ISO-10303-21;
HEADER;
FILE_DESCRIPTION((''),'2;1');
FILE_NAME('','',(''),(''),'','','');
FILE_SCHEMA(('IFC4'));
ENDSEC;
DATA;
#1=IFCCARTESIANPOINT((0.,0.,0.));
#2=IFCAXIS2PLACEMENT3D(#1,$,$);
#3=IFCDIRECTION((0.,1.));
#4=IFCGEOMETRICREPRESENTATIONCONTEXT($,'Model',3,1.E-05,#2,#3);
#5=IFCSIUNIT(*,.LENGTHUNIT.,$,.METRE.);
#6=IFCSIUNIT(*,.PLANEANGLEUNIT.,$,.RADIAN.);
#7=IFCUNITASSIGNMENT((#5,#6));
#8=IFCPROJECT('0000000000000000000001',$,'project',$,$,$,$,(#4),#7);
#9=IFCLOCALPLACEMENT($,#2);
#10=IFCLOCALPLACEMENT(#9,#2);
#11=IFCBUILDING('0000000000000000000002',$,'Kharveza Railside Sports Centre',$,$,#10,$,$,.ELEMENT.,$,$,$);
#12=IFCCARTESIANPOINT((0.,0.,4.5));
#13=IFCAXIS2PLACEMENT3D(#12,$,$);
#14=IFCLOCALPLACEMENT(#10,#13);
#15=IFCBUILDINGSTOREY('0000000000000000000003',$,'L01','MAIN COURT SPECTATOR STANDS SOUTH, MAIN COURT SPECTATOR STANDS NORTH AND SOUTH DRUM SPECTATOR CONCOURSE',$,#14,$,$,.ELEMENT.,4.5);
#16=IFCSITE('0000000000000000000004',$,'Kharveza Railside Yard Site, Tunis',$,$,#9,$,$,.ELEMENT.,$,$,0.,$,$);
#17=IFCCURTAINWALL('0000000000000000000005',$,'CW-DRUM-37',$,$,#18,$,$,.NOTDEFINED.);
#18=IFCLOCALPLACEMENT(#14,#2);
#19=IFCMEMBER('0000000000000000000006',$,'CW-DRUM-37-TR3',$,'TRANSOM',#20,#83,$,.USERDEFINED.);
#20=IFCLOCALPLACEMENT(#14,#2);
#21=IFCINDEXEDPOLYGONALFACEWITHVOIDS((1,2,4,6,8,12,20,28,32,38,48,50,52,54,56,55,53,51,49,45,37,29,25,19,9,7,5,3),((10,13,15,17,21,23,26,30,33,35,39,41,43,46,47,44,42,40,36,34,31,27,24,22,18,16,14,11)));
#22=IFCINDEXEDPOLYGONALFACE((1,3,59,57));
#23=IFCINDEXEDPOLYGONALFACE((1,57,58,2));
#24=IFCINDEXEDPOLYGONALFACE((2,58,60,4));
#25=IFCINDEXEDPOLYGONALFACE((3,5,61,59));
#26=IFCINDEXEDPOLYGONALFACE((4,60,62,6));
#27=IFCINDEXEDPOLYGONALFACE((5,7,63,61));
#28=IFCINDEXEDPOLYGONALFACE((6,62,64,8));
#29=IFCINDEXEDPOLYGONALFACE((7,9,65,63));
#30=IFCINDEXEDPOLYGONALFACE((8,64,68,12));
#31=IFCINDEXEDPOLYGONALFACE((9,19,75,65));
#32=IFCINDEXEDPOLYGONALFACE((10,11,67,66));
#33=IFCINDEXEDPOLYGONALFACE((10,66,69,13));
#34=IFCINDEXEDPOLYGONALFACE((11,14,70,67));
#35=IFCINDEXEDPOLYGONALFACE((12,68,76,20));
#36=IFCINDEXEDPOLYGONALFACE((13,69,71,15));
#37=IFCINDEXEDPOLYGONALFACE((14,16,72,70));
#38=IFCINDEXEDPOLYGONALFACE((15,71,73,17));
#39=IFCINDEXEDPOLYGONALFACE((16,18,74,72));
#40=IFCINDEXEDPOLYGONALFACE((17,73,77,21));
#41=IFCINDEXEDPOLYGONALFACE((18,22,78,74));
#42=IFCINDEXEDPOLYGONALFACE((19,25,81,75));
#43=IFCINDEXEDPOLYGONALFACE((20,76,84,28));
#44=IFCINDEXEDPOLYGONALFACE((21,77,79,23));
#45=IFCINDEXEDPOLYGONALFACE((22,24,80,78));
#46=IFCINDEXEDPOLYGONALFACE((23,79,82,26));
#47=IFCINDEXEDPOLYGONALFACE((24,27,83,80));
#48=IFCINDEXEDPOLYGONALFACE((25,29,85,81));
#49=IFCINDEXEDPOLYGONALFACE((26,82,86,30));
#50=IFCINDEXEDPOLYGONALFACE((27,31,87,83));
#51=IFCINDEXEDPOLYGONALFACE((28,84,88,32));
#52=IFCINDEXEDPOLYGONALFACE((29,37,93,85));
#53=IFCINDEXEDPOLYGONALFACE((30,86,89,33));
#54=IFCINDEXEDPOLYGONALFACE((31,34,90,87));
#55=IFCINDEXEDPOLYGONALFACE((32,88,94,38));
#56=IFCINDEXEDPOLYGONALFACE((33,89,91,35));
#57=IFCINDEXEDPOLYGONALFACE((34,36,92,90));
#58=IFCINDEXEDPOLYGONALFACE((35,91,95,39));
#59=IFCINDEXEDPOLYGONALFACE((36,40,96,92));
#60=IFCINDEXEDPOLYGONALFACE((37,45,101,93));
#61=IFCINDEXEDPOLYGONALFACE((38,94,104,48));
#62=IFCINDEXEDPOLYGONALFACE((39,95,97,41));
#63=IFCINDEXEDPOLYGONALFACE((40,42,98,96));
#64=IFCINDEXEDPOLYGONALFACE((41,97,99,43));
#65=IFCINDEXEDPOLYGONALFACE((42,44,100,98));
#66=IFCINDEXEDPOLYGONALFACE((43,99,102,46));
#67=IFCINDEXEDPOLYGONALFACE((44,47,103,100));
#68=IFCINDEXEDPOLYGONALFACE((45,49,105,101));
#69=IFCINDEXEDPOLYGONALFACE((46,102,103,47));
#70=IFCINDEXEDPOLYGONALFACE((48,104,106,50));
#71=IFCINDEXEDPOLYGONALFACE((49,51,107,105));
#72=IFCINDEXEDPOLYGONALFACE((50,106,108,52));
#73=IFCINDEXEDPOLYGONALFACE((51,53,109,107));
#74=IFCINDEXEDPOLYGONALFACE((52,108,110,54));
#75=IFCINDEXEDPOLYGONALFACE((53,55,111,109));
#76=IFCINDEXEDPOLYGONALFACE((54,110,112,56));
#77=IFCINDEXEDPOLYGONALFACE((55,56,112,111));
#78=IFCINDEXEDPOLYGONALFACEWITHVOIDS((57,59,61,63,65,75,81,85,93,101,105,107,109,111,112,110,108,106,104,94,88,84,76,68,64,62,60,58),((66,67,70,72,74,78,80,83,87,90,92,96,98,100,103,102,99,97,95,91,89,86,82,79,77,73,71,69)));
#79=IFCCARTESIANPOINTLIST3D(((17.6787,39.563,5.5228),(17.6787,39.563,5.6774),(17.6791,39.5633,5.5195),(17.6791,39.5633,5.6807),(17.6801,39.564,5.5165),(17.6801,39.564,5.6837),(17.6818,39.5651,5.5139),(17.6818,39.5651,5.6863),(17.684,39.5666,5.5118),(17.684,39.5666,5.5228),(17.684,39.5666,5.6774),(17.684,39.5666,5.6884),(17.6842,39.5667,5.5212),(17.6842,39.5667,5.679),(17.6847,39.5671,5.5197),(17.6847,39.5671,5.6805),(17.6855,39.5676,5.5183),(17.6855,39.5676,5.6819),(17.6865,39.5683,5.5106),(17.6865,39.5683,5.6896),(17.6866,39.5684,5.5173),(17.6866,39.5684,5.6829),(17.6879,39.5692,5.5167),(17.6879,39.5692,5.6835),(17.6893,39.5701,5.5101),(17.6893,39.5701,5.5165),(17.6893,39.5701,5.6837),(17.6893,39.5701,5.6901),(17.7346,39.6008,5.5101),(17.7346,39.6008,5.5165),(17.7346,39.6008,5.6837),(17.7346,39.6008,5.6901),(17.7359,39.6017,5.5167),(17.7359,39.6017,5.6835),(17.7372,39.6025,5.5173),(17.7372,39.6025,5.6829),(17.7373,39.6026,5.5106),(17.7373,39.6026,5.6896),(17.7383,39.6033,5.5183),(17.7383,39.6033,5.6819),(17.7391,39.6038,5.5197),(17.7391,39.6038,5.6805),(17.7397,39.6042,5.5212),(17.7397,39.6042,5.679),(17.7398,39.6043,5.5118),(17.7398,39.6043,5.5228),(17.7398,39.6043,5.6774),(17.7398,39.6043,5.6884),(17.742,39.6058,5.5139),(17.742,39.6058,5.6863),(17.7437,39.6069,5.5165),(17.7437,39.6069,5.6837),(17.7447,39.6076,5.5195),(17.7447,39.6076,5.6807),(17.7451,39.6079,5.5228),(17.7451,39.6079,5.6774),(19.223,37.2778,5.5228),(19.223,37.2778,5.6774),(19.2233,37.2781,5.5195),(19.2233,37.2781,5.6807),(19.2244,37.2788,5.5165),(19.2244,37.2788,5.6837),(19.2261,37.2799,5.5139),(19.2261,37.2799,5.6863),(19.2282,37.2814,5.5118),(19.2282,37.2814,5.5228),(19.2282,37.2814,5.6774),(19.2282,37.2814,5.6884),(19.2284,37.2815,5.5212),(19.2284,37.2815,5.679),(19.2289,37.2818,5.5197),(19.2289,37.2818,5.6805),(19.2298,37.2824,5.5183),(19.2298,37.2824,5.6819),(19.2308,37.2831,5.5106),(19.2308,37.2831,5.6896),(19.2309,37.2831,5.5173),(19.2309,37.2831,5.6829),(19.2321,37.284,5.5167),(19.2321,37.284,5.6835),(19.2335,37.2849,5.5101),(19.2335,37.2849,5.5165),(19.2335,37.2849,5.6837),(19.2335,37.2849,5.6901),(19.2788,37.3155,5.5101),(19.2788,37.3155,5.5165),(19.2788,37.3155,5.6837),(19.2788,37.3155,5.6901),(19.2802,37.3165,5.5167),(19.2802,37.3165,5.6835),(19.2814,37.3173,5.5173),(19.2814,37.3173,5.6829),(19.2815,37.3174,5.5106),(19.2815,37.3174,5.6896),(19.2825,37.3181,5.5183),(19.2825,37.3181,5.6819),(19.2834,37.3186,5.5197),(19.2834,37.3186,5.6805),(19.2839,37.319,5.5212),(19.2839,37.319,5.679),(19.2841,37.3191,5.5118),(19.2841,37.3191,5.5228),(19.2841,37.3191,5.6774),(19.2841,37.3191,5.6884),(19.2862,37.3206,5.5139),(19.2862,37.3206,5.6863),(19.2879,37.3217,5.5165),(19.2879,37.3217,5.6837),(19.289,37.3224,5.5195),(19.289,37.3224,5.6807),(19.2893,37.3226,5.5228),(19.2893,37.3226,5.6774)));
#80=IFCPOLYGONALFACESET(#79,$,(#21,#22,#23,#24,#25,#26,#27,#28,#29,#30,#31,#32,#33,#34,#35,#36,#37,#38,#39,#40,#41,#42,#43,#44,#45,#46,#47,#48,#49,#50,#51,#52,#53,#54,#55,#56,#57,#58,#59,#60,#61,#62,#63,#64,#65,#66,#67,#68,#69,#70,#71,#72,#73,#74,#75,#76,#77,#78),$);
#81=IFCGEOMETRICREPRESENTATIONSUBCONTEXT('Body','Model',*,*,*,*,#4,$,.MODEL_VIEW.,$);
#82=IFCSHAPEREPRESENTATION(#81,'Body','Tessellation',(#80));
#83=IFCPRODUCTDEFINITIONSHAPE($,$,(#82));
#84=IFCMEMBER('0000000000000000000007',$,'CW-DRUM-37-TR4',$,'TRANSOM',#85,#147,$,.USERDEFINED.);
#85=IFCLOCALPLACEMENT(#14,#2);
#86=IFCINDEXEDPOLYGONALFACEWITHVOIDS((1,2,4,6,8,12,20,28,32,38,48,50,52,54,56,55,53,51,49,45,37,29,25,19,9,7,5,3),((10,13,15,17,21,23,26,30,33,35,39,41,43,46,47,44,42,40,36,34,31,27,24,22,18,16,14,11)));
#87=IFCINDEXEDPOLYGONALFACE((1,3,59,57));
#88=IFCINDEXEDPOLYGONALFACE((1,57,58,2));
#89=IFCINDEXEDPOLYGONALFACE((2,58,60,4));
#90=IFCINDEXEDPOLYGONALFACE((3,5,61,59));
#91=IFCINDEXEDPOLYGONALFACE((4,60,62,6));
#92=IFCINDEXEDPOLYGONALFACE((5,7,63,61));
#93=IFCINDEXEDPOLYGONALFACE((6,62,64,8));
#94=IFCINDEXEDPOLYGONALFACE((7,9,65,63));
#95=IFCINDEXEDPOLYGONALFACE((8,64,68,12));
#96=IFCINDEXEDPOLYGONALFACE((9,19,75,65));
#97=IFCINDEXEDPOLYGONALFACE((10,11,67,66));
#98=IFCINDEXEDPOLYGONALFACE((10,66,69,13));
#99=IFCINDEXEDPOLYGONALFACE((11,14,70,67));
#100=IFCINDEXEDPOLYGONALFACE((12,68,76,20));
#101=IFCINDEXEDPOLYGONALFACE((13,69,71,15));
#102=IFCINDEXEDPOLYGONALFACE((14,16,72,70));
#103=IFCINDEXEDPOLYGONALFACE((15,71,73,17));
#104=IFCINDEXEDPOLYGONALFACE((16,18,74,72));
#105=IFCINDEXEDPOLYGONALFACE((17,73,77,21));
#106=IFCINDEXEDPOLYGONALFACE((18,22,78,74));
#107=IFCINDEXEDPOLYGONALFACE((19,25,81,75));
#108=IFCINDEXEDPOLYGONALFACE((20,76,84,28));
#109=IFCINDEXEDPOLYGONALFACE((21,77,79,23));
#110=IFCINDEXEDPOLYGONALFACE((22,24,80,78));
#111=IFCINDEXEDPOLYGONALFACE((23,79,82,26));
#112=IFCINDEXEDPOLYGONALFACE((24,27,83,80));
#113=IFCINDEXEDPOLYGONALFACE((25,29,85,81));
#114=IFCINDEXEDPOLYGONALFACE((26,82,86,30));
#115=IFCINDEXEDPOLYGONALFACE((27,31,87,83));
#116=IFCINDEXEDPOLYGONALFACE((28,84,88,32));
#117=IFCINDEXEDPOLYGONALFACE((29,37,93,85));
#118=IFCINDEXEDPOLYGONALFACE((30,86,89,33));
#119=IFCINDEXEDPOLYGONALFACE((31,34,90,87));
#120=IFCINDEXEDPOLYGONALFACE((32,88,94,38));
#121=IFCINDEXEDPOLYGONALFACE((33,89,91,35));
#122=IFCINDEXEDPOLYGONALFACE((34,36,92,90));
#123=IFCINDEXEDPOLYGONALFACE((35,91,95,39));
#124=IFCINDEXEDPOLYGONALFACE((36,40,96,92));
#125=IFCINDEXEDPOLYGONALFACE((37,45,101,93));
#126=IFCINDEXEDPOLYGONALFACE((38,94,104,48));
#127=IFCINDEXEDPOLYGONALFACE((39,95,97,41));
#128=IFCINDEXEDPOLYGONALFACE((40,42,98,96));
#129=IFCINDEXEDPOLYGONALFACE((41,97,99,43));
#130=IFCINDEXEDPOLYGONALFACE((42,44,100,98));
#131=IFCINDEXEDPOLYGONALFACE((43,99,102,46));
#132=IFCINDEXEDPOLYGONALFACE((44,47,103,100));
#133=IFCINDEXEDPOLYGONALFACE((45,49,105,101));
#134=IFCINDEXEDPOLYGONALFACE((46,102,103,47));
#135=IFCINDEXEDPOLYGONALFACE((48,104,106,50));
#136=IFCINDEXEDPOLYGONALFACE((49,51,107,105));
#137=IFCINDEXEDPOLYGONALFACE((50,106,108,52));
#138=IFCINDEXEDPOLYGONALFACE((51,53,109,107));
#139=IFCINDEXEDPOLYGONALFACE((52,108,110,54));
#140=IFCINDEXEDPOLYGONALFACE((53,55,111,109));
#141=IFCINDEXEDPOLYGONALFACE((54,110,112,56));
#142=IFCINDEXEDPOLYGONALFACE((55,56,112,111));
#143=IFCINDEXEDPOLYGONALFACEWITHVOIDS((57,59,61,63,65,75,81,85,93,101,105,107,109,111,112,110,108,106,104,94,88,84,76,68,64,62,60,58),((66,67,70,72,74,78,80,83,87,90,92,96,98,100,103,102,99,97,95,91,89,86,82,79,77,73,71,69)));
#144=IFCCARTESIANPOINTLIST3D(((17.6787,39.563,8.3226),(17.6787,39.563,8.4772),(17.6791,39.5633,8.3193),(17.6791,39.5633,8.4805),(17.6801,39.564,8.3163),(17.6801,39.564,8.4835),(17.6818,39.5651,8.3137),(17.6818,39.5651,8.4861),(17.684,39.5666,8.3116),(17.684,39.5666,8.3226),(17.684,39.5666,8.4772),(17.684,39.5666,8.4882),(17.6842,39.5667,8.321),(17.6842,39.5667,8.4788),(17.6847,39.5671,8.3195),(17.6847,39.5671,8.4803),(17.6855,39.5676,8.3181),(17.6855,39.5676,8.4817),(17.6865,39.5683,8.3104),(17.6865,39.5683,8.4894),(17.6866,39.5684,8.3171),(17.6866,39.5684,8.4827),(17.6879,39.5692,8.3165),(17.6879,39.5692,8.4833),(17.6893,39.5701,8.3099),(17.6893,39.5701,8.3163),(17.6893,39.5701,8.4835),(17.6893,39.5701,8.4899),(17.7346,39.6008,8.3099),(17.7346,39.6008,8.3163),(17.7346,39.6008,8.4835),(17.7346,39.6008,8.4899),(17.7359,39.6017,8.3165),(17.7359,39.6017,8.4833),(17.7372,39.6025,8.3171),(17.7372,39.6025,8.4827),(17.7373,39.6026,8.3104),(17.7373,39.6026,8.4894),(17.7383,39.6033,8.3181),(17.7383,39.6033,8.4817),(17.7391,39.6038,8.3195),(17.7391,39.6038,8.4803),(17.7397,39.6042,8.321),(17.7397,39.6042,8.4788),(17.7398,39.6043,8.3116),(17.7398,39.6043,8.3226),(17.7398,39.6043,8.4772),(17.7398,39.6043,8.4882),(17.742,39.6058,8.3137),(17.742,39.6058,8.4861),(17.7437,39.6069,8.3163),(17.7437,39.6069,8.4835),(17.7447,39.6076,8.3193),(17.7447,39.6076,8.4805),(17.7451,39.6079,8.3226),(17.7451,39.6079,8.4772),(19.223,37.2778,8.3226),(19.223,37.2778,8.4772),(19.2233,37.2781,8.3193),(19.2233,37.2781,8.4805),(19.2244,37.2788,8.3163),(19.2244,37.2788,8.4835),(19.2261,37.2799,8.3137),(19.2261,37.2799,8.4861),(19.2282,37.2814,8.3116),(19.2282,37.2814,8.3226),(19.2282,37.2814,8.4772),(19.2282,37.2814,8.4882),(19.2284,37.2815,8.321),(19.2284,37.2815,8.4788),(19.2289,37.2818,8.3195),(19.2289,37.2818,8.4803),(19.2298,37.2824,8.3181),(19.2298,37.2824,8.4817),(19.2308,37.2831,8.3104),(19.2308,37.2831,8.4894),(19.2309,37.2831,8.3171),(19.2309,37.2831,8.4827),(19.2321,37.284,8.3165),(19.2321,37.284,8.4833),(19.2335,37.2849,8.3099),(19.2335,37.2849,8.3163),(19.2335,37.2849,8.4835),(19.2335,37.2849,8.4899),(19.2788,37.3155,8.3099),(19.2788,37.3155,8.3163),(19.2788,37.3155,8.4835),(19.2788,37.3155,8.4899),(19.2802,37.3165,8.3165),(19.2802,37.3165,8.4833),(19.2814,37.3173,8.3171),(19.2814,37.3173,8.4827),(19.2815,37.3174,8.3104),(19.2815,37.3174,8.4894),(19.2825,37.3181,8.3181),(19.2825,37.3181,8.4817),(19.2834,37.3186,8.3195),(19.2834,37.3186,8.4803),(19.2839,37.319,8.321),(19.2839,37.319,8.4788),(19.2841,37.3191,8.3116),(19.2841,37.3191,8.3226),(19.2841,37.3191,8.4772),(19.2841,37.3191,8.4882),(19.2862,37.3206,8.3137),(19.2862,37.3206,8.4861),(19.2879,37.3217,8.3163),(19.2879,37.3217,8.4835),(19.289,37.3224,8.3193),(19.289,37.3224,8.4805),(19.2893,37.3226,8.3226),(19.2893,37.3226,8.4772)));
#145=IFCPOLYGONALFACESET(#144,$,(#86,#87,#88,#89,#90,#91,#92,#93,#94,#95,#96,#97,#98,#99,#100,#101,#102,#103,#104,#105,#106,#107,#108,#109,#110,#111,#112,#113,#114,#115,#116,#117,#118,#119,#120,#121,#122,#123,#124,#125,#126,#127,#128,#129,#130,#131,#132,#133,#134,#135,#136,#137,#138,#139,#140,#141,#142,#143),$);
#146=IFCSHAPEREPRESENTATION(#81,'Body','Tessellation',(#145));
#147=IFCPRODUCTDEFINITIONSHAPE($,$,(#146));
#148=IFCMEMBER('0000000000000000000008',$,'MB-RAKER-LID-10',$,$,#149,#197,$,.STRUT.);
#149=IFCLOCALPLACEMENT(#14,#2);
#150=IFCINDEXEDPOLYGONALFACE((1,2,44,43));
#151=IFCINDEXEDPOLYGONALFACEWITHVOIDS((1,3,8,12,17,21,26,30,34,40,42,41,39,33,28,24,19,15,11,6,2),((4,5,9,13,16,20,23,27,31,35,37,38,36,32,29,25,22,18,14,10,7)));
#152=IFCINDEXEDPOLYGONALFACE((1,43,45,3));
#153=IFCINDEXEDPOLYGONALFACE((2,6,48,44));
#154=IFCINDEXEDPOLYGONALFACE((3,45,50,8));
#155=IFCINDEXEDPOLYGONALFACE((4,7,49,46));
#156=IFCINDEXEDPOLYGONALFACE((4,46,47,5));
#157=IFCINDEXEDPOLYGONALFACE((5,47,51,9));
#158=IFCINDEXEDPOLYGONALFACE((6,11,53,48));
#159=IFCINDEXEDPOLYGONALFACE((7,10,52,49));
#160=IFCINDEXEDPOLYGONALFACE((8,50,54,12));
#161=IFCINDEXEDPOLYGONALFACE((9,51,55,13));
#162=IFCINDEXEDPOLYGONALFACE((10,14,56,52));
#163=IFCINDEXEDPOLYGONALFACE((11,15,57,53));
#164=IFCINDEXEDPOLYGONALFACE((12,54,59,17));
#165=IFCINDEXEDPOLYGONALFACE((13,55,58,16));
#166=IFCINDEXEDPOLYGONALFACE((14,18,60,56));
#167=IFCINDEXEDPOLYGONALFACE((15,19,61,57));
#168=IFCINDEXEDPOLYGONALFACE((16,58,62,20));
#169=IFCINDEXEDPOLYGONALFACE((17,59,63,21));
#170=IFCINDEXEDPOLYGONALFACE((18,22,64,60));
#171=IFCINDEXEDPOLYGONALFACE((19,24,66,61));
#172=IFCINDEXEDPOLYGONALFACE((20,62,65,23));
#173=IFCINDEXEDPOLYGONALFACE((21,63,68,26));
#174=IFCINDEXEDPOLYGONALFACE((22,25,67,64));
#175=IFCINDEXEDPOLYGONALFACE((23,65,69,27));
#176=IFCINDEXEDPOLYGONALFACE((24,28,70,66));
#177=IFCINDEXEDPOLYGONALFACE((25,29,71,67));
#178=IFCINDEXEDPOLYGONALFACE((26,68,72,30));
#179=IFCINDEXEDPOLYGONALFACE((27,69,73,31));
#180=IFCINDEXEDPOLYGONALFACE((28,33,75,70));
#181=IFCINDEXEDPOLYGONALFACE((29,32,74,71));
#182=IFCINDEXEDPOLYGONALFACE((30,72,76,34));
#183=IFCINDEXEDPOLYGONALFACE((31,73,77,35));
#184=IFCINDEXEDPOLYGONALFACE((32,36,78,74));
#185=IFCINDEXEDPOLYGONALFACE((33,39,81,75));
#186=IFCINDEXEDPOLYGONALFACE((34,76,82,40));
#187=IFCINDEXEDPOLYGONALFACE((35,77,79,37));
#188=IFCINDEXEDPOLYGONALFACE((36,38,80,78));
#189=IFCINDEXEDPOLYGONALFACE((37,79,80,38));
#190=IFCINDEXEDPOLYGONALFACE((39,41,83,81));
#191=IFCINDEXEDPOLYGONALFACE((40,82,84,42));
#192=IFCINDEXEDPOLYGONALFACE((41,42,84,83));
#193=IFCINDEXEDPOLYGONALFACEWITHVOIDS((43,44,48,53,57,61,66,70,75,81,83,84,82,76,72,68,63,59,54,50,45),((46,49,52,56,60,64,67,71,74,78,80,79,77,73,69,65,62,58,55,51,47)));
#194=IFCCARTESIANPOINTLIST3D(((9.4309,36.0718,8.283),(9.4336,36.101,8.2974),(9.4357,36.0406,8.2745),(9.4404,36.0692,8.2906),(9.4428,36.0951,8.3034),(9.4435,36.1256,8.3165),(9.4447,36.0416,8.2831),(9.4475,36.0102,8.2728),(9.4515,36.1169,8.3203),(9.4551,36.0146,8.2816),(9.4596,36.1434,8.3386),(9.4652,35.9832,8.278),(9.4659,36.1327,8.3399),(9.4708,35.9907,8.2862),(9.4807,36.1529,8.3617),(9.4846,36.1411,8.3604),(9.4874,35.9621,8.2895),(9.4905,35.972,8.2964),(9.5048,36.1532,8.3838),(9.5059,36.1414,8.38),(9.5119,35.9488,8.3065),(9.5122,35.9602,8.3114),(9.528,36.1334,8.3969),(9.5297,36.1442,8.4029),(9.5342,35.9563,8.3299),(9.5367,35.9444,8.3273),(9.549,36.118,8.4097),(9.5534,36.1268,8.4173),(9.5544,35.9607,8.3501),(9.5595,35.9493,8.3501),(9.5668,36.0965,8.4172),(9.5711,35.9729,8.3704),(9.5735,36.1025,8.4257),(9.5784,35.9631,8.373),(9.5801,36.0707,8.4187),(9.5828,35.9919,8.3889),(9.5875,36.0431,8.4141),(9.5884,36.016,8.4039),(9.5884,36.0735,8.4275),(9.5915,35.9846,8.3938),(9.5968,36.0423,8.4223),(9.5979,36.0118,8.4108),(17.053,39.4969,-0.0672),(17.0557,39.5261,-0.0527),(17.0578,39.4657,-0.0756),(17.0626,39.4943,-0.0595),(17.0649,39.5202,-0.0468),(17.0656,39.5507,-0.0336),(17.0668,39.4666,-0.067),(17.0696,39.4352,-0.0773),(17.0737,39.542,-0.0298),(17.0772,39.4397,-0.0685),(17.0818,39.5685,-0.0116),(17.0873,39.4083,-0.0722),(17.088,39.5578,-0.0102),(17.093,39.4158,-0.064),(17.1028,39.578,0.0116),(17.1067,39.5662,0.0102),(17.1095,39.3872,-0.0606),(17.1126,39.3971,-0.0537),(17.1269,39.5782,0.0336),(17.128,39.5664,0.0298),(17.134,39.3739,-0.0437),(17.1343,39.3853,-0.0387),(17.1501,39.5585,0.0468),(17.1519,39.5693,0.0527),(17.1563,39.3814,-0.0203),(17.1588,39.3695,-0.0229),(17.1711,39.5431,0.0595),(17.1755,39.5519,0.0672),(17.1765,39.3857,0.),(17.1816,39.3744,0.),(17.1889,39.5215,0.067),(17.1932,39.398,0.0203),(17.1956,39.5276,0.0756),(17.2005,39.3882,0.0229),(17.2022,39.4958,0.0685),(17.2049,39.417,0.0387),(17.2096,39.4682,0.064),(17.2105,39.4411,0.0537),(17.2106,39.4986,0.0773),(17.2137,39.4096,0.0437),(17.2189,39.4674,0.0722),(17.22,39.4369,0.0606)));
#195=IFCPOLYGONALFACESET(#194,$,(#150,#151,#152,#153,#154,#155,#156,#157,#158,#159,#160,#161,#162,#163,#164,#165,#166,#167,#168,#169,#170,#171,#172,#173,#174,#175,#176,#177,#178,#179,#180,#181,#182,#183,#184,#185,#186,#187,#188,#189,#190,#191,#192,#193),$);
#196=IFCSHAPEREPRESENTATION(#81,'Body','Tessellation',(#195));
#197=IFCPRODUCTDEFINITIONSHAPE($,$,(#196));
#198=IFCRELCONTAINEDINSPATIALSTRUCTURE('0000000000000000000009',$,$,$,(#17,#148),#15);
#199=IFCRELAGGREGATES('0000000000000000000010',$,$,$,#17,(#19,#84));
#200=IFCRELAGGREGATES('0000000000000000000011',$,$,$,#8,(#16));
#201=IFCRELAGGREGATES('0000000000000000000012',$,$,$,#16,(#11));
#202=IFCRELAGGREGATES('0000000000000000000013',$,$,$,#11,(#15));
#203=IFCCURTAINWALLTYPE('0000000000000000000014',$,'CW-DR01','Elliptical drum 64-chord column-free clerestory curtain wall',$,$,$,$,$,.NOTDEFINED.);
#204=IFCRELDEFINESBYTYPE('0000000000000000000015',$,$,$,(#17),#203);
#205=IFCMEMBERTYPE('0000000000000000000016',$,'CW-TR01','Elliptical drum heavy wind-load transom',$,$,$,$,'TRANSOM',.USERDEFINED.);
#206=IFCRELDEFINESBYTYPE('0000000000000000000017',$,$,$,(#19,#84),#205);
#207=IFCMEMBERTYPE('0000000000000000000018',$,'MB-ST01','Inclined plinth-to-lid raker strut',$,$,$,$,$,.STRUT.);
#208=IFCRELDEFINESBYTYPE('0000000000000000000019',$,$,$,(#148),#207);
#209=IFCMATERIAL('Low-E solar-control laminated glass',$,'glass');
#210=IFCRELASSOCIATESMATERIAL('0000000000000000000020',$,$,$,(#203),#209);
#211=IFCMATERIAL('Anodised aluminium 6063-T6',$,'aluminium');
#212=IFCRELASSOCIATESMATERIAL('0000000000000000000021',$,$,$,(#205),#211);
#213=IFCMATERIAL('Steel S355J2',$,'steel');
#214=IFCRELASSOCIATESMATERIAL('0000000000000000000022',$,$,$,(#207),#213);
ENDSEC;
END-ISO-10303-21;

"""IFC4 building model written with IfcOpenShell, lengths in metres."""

from ifc_helpers import new_model, si_unit, direction, frame, origin, origin_2d, place, context, subcontext, project, spatial, hollow_rectangle, hollow_circle, extrude, material, material_profile, profile_set, type_object, element, aggregate, save


model = new_model("IFC4")

# Units and contexts
model_context = context("Model", 3, precision=1e-05, world=origin(), true_north=direction((0.0, 1.0)))
body_context = subcontext(model_context, "Body", "Model", "MODEL_VIEW")
ifc_project = project(units=[si_unit("LENGTHUNIT", "METRE"), si_unit("PLANEANGLEUNIT", "RADIAN")], contexts=[model_context])

# Site, building, storey
site_placement = place(None, origin())
site = spatial("IfcSite", under=ifc_project, at=site_placement, Name="Kharveza Railside Yard Site, Tunis", CompositionType="ELEMENT", RefElevation=0.0)
building_placement = place(site_placement, origin())
building = spatial("IfcBuilding", under=site, at=building_placement, Name="Kharveza Railside Sports Centre", CompositionType="ELEMENT")
storey_placement = place(building_placement, frame((0.0, 0.0, 4.5)))
storey = spatial("IfcBuildingStorey", under=building, at=storey_placement, Name="L01", Description="MAIN COURT SPECTATOR STANDS SOUTH, MAIN COURT SPECTATOR STANDS NORTH AND SOUTH DRUM SPECTATOR CONCOURSE", CompositionType="ELEMENT", Elevation=4.5)

# Shared definitions
ifc_material_1 = material(Name="Low-E solar-control laminated glass", Category="glass")
curtain_wall_type = type_object("IfcCurtainWallType", Name="CW-DR01", Description="Elliptical drum 64-chord column-free clerestory curtain wall", PredefinedType="NOTDEFINED", material=ifc_material_1)
ifc_material_2 = material(Name="Anodised aluminium 6063-T6", Category="aluminium")

# Curtain wall
curtain_wall_1_placement = place(storey_placement, origin())
curtain_wall_1 = element("IfcCurtainWall", 1, at=curtain_wall_1_placement, inside=storey, type_object=curtain_wall_type, Name="CW-DRUM-37", PredefinedType="NOTDEFINED")

# Members
ifc_material_profile_1 = material_profile(ifc_material_2, hollow_rectangle(XDim=0.0801, YDim=0.1799, WallThickness=0.0063, InnerFilletRadius=0.0063, OuterFilletRadius=0.0127, at=origin_2d()), Name="RHS 80x180x6.3")
ifc_profile_set_1 = profile_set([ifc_material_profile_1], Name="Anodised aluminium 6063-T6")
member_type_1 = type_object("IfcMemberType", Name="CW-TR01", Description="Elliptical drum heavy wind-load transom", ElementType="TRANSOM", PredefinedType="USERDEFINED", material=ifc_profile_set_1)
member_1_placement = place(storey_placement, frame((17.7119, 39.5854, 5.6001), z_axis=(0.559898, -0.828561, 0.0), x_axis=(0.828561, 0.559898, 0.0)))
member_1 = element("IfcMember", 2, at=member_1_placement, type_object=member_type_1, Name="CW-DRUM-37-TR3", ObjectType="TRANSOM", PredefinedType="USERDEFINED", context=body_context, shape_type="SweptSolid", body=[
    extrude(hollow_rectangle(XDim=0.0801, YDim=0.1799, WallThickness=0.0063, InnerFilletRadius=0.0063, OuterFilletRadius=0.0127, at=origin_2d()), origin(), (0.0, 0.0, 1.0), 2.7581),
])
member_2_placement = place(storey_placement, frame((17.7119, 39.5854, 8.3999), z_axis=(0.559898, -0.828561, 0.0), x_axis=(0.828561, 0.559898, 0.0)))
member_2 = element("IfcMember", 3, at=member_2_placement, type_object=member_type_1, Name="CW-DRUM-37-TR4", ObjectType="TRANSOM", PredefinedType="USERDEFINED", context=body_context, shape_type="SweptSolid", body=[
    extrude(hollow_rectangle(XDim=0.0801, YDim=0.1799, WallThickness=0.0063, InnerFilletRadius=0.0063, OuterFilletRadius=0.0127, at=origin_2d()), origin(), (0.0, 0.0, 1.0), 2.7581),
])
ifc_material_3 = material(Name="Steel S355J2", Category="steel")
ifc_material_profile_2 = material_profile(ifc_material_3, hollow_circle(Radius=0.1096, WallThickness=0.0125, at=origin_2d()), Name="CHS 219.1x12.5")
ifc_profile_set_2 = profile_set([ifc_material_profile_2], Name="Steel S355J2")
member_type_2 = type_object("IfcMemberType", Name="MB-ST01", Description="Inclined plinth-to-lid raker strut", PredefinedType="STRUT", material=ifc_profile_set_2)
member_3_placement = place(storey_placement, frame((17.1367, 39.4744, 0.0), z_axis=(-0.645218, -0.289935, 0.706846), x_axis=(0.409879, -0.91214, 0.0)))
element("IfcMember", 4, at=member_3_placement, inside=storey, type_object=member_type_2, Name="MB-RAKER-LID-10", PredefinedType="STRUT", context=body_context, shape_type="SweptSolid", body=[
    extrude(hollow_circle(Radius=0.1096, WallThickness=0.0125, at=origin_2d()), origin(), (0.0, 0.0, 1.0), 11.8132),
])

aggregate(curtain_wall_1, [member_1, member_2])

save(model, "model.ifc")
